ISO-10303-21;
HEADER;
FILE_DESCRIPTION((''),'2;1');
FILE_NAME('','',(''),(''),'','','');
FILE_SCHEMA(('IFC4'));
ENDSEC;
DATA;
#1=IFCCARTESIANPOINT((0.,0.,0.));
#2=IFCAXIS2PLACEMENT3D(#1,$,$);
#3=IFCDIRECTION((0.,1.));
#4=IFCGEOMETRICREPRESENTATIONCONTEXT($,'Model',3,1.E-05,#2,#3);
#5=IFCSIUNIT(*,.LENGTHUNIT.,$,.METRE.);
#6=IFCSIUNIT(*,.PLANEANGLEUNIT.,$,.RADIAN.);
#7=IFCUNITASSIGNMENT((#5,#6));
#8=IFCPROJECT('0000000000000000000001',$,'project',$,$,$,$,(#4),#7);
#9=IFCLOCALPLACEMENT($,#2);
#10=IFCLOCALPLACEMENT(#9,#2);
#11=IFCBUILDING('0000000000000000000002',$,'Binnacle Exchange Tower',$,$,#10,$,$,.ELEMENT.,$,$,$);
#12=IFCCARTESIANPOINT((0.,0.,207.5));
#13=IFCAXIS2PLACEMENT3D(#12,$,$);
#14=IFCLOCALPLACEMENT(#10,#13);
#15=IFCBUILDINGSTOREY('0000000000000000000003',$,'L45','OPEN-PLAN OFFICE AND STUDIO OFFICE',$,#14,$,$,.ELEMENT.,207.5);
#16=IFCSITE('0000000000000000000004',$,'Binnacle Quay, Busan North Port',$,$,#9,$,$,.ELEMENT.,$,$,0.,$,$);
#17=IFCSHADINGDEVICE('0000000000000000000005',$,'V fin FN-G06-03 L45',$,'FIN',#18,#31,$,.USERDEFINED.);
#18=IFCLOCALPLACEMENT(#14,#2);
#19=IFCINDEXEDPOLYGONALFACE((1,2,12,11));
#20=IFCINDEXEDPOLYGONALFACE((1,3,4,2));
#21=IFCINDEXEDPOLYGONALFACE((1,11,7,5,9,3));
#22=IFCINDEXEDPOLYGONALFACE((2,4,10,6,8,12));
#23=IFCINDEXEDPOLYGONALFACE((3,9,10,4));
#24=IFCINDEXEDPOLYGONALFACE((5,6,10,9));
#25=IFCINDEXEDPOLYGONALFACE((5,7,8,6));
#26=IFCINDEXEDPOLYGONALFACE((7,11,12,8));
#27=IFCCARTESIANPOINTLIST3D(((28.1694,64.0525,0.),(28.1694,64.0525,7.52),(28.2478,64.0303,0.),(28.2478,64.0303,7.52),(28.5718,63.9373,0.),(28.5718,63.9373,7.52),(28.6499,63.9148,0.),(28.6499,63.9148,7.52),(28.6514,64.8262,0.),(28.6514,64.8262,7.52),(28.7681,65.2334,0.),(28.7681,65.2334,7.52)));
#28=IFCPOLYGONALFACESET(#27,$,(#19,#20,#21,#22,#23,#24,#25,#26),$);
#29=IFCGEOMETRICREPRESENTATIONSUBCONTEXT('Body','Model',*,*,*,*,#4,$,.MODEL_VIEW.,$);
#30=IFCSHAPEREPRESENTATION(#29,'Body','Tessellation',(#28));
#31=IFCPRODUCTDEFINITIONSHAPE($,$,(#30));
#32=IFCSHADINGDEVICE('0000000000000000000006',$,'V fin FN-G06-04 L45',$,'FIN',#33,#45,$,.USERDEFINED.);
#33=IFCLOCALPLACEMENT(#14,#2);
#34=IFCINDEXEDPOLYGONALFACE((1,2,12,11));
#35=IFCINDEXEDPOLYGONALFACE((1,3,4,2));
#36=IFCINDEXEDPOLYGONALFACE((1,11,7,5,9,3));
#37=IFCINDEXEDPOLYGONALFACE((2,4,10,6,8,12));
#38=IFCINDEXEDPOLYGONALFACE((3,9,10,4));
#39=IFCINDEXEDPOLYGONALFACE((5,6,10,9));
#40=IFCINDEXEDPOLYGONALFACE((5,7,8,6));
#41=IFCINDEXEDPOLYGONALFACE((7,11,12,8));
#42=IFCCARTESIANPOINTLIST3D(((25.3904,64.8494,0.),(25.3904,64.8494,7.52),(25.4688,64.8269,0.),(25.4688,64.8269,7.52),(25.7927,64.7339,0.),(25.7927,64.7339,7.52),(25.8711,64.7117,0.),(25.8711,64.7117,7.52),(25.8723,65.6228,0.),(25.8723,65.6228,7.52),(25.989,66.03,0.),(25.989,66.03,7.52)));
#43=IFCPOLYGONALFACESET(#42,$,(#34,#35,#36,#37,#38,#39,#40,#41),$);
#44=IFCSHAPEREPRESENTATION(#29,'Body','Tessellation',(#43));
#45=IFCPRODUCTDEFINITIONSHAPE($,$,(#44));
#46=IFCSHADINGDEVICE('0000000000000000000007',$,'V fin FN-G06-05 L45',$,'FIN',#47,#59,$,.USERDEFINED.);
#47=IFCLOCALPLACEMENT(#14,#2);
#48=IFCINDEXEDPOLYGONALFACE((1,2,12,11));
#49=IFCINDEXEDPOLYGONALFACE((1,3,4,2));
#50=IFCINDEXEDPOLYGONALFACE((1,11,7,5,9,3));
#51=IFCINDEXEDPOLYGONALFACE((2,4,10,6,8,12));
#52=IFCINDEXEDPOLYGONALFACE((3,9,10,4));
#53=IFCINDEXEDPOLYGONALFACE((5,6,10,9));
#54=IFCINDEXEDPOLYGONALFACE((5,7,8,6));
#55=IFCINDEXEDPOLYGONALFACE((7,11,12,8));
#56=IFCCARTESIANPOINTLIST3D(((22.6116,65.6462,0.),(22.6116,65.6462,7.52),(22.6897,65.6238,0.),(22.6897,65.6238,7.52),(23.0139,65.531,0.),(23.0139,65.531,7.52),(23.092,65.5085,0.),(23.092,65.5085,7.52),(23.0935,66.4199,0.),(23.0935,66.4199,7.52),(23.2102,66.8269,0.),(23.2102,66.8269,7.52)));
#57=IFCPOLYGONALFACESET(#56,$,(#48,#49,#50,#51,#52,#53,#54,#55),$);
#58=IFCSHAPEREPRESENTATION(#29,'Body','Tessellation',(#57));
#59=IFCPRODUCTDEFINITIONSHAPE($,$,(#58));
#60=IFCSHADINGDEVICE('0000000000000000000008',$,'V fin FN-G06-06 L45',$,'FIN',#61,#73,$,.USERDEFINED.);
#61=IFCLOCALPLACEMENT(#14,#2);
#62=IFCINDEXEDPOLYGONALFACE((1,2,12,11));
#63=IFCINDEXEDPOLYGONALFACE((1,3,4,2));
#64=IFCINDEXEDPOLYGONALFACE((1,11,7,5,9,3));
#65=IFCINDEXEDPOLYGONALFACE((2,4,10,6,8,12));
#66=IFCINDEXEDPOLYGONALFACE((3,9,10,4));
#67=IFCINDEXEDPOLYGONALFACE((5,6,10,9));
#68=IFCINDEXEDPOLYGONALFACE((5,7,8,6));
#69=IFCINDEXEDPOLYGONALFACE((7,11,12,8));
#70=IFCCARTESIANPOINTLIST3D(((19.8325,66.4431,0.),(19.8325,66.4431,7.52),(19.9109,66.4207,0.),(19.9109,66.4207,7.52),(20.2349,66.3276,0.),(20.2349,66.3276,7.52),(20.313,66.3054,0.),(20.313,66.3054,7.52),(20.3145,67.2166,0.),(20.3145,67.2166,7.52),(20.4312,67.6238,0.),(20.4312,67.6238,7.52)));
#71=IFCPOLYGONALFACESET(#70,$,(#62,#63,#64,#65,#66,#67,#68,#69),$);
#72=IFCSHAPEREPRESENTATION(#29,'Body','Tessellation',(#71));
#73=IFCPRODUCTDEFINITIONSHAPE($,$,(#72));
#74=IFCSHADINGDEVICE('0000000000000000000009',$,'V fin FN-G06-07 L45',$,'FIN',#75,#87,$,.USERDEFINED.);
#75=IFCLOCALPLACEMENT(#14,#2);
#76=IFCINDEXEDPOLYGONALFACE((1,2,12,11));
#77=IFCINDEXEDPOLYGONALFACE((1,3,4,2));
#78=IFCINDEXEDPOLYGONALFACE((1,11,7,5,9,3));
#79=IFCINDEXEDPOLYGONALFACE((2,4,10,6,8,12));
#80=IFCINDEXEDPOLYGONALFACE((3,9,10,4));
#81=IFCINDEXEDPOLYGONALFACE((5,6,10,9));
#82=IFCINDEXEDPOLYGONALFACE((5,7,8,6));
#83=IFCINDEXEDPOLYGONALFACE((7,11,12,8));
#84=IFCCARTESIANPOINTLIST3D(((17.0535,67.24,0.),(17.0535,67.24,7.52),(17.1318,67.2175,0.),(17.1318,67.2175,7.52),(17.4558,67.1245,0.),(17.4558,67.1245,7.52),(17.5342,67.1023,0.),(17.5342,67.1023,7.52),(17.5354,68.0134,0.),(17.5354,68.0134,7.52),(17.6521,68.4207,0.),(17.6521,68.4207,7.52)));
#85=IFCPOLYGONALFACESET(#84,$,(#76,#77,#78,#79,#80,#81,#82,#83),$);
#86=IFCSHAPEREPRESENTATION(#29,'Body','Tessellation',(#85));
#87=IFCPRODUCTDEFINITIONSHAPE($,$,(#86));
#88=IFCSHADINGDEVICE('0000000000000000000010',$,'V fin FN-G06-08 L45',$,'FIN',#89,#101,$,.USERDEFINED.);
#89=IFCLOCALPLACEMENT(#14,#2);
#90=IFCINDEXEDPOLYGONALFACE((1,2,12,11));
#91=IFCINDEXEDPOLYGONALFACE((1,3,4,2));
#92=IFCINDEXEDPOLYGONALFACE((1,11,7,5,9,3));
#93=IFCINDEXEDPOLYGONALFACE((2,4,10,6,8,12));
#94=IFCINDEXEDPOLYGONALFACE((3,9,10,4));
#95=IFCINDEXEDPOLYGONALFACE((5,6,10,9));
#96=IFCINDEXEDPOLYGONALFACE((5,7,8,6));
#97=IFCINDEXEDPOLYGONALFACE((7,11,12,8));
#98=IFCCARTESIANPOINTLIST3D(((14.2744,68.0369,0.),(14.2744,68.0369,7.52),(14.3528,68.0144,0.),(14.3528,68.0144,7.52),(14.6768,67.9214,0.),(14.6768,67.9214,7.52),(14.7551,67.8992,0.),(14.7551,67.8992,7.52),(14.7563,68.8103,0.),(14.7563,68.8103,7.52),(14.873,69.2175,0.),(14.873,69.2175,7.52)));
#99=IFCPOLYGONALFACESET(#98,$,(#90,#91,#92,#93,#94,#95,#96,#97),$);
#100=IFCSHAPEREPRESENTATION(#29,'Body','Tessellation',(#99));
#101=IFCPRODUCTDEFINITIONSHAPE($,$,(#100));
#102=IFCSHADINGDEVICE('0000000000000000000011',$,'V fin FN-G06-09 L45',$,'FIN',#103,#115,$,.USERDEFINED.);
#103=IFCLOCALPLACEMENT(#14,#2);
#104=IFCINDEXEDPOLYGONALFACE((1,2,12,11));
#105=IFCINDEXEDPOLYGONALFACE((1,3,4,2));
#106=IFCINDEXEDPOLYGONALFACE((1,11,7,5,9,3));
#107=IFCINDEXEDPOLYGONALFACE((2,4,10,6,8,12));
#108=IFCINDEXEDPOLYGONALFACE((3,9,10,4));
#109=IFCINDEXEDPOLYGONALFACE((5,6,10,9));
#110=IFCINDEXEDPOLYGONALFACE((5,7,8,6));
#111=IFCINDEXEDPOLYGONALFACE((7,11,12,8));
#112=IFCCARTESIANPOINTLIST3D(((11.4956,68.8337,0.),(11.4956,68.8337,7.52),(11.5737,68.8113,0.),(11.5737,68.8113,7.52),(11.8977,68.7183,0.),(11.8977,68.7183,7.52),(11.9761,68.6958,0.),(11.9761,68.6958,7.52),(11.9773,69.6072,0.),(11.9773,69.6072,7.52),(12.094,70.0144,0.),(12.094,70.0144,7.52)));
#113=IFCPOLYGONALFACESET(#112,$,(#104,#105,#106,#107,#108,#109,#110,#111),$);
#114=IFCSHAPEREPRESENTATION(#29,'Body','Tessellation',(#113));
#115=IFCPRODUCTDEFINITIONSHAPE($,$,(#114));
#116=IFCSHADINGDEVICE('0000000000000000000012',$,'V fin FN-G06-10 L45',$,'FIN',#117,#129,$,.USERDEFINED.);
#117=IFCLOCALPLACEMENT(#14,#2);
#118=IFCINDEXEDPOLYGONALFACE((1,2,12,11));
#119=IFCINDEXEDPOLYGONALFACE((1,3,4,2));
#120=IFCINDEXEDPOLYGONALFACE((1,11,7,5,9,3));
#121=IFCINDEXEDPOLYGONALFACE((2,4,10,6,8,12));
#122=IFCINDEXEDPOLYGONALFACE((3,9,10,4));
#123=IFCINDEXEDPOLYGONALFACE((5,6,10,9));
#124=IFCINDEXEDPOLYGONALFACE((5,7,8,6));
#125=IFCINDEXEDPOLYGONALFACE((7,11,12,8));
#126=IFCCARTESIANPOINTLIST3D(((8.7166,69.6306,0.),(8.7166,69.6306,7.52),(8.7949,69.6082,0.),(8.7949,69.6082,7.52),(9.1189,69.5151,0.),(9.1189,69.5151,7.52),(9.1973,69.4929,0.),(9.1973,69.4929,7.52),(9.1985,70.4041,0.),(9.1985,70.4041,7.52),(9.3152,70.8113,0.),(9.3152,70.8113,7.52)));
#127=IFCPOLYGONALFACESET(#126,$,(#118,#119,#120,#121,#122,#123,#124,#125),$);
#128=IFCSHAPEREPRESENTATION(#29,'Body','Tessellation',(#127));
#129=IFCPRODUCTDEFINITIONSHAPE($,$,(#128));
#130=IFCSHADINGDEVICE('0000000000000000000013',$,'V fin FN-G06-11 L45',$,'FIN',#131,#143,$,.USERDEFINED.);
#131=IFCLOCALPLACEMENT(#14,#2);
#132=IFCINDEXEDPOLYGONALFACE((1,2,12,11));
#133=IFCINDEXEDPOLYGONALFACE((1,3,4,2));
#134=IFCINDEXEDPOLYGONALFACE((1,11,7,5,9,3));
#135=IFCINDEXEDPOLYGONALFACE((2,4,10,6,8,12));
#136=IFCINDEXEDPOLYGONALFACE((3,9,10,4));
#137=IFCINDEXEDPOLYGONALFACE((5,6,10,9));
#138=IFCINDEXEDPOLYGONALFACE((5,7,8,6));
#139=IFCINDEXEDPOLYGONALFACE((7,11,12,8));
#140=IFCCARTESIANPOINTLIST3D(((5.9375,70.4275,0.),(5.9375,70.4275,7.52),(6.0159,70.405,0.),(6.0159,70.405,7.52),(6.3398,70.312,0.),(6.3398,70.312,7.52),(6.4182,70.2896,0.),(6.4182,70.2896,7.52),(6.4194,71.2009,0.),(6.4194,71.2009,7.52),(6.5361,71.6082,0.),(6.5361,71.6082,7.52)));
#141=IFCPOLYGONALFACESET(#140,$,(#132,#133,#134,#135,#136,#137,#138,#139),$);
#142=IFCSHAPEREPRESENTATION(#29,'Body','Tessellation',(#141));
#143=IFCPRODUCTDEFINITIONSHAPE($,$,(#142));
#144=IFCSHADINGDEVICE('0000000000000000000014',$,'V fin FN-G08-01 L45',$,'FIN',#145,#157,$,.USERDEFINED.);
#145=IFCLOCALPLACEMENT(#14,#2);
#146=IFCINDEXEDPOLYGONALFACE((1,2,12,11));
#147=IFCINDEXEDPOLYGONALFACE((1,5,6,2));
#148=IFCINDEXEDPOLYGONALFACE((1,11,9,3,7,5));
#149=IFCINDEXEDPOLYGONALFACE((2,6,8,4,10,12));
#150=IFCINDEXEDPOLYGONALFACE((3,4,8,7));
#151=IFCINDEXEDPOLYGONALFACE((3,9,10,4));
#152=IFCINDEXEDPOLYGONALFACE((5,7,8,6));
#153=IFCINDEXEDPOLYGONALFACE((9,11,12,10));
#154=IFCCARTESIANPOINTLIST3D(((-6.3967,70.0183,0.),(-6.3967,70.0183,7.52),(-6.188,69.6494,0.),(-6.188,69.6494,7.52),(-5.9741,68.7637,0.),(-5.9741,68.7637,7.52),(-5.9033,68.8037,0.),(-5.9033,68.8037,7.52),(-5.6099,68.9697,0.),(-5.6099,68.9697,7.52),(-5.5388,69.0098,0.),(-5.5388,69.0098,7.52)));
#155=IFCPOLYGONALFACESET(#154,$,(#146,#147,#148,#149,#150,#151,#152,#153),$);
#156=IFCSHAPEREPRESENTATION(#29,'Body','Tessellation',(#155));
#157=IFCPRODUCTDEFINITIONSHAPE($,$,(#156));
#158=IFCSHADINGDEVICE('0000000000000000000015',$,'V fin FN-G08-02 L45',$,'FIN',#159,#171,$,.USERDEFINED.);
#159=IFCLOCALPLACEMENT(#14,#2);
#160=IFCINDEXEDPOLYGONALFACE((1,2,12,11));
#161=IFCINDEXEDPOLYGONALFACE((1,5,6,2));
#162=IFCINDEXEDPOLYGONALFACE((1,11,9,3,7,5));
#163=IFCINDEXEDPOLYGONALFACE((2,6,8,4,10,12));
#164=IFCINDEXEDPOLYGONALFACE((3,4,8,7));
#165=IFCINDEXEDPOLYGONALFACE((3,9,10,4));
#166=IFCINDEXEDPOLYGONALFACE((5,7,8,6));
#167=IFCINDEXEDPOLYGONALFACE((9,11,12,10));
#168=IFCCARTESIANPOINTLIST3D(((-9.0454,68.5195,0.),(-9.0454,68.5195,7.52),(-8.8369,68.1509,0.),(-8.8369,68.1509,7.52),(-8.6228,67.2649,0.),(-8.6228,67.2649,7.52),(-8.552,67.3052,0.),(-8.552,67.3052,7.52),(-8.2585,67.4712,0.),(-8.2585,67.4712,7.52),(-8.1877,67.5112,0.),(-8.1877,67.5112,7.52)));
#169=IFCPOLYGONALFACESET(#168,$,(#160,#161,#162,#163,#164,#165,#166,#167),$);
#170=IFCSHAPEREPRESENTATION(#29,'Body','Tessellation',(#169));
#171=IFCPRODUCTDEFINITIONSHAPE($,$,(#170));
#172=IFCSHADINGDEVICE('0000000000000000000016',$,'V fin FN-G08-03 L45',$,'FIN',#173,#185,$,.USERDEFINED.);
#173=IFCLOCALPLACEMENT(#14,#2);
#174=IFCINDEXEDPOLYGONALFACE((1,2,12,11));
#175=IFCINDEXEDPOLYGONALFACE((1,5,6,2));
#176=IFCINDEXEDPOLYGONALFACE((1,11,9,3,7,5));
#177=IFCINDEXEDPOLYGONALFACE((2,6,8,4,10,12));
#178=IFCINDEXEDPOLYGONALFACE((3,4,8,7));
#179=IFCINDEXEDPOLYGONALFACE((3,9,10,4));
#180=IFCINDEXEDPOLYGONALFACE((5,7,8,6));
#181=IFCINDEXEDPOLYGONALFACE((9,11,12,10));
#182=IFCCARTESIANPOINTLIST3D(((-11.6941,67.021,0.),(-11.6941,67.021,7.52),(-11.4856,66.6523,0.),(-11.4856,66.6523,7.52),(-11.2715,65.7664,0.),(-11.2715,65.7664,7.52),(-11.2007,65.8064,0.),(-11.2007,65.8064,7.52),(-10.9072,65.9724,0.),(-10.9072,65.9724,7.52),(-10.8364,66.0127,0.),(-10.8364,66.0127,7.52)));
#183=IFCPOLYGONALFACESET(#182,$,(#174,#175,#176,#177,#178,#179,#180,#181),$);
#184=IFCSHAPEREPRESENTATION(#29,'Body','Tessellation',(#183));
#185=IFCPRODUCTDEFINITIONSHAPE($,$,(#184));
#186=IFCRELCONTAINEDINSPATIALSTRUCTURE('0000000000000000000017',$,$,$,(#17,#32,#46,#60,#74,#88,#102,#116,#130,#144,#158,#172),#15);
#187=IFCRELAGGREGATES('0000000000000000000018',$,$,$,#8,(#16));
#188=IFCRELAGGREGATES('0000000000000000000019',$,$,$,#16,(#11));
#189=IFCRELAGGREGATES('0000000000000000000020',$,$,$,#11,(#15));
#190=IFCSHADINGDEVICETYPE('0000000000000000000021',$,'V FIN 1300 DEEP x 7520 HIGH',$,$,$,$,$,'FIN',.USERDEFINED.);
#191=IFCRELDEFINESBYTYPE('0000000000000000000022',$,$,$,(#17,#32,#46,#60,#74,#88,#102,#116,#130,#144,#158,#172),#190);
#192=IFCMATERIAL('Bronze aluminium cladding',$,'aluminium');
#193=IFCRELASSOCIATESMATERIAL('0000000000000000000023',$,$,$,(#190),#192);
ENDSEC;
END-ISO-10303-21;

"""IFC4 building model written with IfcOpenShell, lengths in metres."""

from ifc_helpers import new_model, si_unit, direction, frame, origin, place, context, subcontext, project, spatial, polyline, outline, extrude, material, type_object, element, save


model = new_model("IFC4")

# Units and contexts
model_context = context("Model", 3, precision=1e-05, world=origin(), true_north=direction((0.0, 1.0)))
body_context = subcontext(model_context, "Body", "Model", "MODEL_VIEW")
ifc_project = project(units=[si_unit("LENGTHUNIT", "METRE"), si_unit("PLANEANGLEUNIT", "RADIAN")], contexts=[model_context])

# Site, building, storey
site_placement = place(None, origin())
site = spatial("IfcSite", under=ifc_project, at=site_placement, Name="Binnacle Quay, Busan North Port", CompositionType="ELEMENT", RefElevation=0.0)
building_placement = place(site_placement, origin())
building = spatial("IfcBuilding", under=site, at=building_placement, Name="Binnacle Exchange Tower", CompositionType="ELEMENT")
storey_placement = place(building_placement, frame((0.0, 0.0, 207.5)))
storey = spatial("IfcBuildingStorey", under=building, at=storey_placement, Name="L45", Description="OPEN-PLAN OFFICE AND STUDIO OFFICE", CompositionType="ELEMENT", Elevation=207.5)

# Shading devices
ifc_material_1 = material(Name="Bronze aluminium cladding", Category="aluminium")
shading_device_type = type_object("IfcShadingDeviceType", Name="V FIN 1300 DEEP x 7520 HIGH", ElementType="FIN", PredefinedType="USERDEFINED", material=ifc_material_1)
shading_device_1_placement = place(storey_placement, origin())
element("IfcShadingDevice", 1, at=shading_device_1_placement, inside=storey, type_object=shading_device_type, Name="V fin FN-G06-03 L45", ObjectType="FIN", PredefinedType="USERDEFINED", context=body_context, shape_type="SweptSolid", body=[
    extrude(outline(polyline([(28.6499, 63.9148), (28.7681, 65.2334), (28.1694, 64.0525), (28.2478, 64.0303), (28.6514, 64.8262), (28.5718, 63.9373), (28.6499, 63.9148)])), origin(), (0.0, 0.0, 1.0), 7.52),
])
shading_device_2_placement = place(storey_placement, origin())
element("IfcShadingDevice", 2, at=shading_device_2_placement, inside=storey, type_object=shading_device_type, Name="V fin FN-G06-04 L45", ObjectType="FIN", PredefinedType="USERDEFINED", context=body_context, shape_type="SweptSolid", body=[
    extrude(outline(polyline([(25.8711, 64.7117), (25.989, 66.03), (25.3904, 64.8494), (25.4688, 64.8269), (25.8723, 65.6228), (25.7927, 64.7339), (25.8711, 64.7117)])), origin(), (0.0, 0.0, 1.0), 7.52),
])
shading_device_3_placement = place(storey_placement, origin())
element("IfcShadingDevice", 3, at=shading_device_3_placement, inside=storey, type_object=shading_device_type, Name="V fin FN-G06-05 L45", ObjectType="FIN", PredefinedType="USERDEFINED", context=body_context, shape_type="SweptSolid", body=[
    extrude(outline(polyline([(23.092, 65.5085), (23.2102, 66.8269), (22.6116, 65.6462), (22.6897, 65.6238), (23.0935, 66.4199), (23.0139, 65.531), (23.092, 65.5085)])), origin(), (0.0, 0.0, 1.0), 7.52),
])
shading_device_4_placement = place(storey_placement, origin())
element("IfcShadingDevice", 4, at=shading_device_4_placement, inside=storey, type_object=shading_device_type, Name="V fin FN-G06-06 L45", ObjectType="FIN", PredefinedType="USERDEFINED", context=body_context, shape_type="SweptSolid", body=[
    extrude(outline(polyline([(20.313, 66.3054), (20.4312, 67.6238), (19.8325, 66.4431), (19.9109, 66.4207), (20.3145, 67.2166), (20.2349, 66.3276), (20.313, 66.3054)])), origin(), (0.0, 0.0, 1.0), 7.52),
])
shading_device_5_placement = place(storey_placement, origin())
element("IfcShadingDevice", 5, at=shading_device_5_placement, inside=storey, type_object=shading_device_type, Name="V fin FN-G06-07 L45", ObjectType="FIN", PredefinedType="USERDEFINED", context=body_context, shape_type="SweptSolid", body=[
    extrude(outline(polyline([(17.5342, 67.1023), (17.6521, 68.4207), (17.0535, 67.24), (17.1318, 67.2175), (17.5354, 68.0134), (17.4558, 67.1245), (17.5342, 67.1023)])), origin(), (0.0, 0.0, 1.0), 7.52),
])
shading_device_6_placement = place(storey_placement, origin())
element("IfcShadingDevice", 6, at=shading_device_6_placement, inside=storey, type_object=shading_device_type, Name="V fin FN-G06-08 L45", ObjectType="FIN", PredefinedType="USERDEFINED", context=body_context, shape_type="SweptSolid", body=[
    extrude(outline(polyline([(14.7551, 67.8992), (14.873, 69.2175), (14.2744, 68.0369), (14.3528, 68.0144), (14.7563, 68.8103), (14.6768, 67.9214), (14.7551, 67.8992)])), origin(), (0.0, 0.0, 1.0), 7.52),
])
shading_device_7_placement = place(storey_placement, origin())
element("IfcShadingDevice", 7, at=shading_device_7_placement, inside=storey, type_object=shading_device_type, Name="V fin FN-G06-09 L45", ObjectType="FIN", PredefinedType="USERDEFINED", context=body_context, shape_type="SweptSolid", body=[
    extrude(outline(polyline([(11.9761, 68.6958), (12.094, 70.0144), (11.4956, 68.8337), (11.5737, 68.8113), (11.9773, 69.6072), (11.8977, 68.7183), (11.9761, 68.6958)])), origin(), (0.0, 0.0, 1.0), 7.52),
])
shading_device_8_placement = place(storey_placement, origin())
element("IfcShadingDevice", 8, at=shading_device_8_placement, inside=storey, type_object=shading_device_type, Name="V fin FN-G06-10 L45", ObjectType="FIN", PredefinedType="USERDEFINED", context=body_context, shape_type="SweptSolid", body=[
    extrude(outline(polyline([(9.1973, 69.4929), (9.3152, 70.8113), (8.7166, 69.6306), (8.7949, 69.6082), (9.1985, 70.4041), (9.1189, 69.5151), (9.1973, 69.4929)])), origin(), (0.0, 0.0, 1.0), 7.52),
])
shading_device_9_placement = place(storey_placement, origin())
element("IfcShadingDevice", 9, at=shading_device_9_placement, inside=storey, type_object=shading_device_type, Name="V fin FN-G06-11 L45", ObjectType="FIN", PredefinedType="USERDEFINED", context=body_context, shape_type="SweptSolid", body=[
    extrude(outline(polyline([(6.4182, 70.2896), (6.5361, 71.6082), (5.9375, 70.4275), (6.0159, 70.405), (6.4194, 71.2009), (6.3398, 70.312), (6.4182, 70.2896)])), origin(), (0.0, 0.0, 1.0), 7.52),
])
shading_device_10_placement = place(storey_placement, origin())
element("IfcShadingDevice", 10, at=shading_device_10_placement, inside=storey, type_object=shading_device_type, Name="V fin FN-G08-01 L45", ObjectType="FIN", PredefinedType="USERDEFINED", context=body_context, shape_type="SweptSolid", body=[
    extrude(outline(polyline([(-5.5388, 69.0098), (-6.3967, 70.0183), (-5.9741, 68.7637), (-5.9033, 68.8037), (-6.188, 69.6494), (-5.6099, 68.9697), (-5.5388, 69.0098)])), origin(), (0.0, 0.0, 1.0), 7.52),
])
shading_device_11_placement = place(storey_placement, origin())
element("IfcShadingDevice", 11, at=shading_device_11_placement, inside=storey, type_object=shading_device_type, Name="V fin FN-G08-02 L45", ObjectType="FIN", PredefinedType="USERDEFINED", context=body_context, shape_type="SweptSolid", body=[
    extrude(outline(polyline([(-8.1877, 67.5112), (-9.0454, 68.5195), (-8.6228, 67.2649), (-8.552, 67.3052), (-8.8369, 68.1509), (-8.2585, 67.4712), (-8.1877, 67.5112)])), origin(), (0.0, 0.0, 1.0), 7.52),
])
shading_device_12_placement = place(storey_placement, origin())
element("IfcShadingDevice", 12, at=shading_device_12_placement, inside=storey, type_object=shading_device_type, Name="V fin FN-G08-03 L45", ObjectType="FIN", PredefinedType="USERDEFINED", context=body_context, shape_type="SweptSolid", body=[
    extrude(outline(polyline([(-10.8364, 66.0127), (-11.6941, 67.021), (-11.2715, 65.7664), (-11.2007, 65.8064), (-11.4856, 66.6523), (-10.9072, 65.9724), (-10.8364, 66.0127)])), origin(), (0.0, 0.0, 1.0), 7.52),
])

save(model, "model.ifc")
